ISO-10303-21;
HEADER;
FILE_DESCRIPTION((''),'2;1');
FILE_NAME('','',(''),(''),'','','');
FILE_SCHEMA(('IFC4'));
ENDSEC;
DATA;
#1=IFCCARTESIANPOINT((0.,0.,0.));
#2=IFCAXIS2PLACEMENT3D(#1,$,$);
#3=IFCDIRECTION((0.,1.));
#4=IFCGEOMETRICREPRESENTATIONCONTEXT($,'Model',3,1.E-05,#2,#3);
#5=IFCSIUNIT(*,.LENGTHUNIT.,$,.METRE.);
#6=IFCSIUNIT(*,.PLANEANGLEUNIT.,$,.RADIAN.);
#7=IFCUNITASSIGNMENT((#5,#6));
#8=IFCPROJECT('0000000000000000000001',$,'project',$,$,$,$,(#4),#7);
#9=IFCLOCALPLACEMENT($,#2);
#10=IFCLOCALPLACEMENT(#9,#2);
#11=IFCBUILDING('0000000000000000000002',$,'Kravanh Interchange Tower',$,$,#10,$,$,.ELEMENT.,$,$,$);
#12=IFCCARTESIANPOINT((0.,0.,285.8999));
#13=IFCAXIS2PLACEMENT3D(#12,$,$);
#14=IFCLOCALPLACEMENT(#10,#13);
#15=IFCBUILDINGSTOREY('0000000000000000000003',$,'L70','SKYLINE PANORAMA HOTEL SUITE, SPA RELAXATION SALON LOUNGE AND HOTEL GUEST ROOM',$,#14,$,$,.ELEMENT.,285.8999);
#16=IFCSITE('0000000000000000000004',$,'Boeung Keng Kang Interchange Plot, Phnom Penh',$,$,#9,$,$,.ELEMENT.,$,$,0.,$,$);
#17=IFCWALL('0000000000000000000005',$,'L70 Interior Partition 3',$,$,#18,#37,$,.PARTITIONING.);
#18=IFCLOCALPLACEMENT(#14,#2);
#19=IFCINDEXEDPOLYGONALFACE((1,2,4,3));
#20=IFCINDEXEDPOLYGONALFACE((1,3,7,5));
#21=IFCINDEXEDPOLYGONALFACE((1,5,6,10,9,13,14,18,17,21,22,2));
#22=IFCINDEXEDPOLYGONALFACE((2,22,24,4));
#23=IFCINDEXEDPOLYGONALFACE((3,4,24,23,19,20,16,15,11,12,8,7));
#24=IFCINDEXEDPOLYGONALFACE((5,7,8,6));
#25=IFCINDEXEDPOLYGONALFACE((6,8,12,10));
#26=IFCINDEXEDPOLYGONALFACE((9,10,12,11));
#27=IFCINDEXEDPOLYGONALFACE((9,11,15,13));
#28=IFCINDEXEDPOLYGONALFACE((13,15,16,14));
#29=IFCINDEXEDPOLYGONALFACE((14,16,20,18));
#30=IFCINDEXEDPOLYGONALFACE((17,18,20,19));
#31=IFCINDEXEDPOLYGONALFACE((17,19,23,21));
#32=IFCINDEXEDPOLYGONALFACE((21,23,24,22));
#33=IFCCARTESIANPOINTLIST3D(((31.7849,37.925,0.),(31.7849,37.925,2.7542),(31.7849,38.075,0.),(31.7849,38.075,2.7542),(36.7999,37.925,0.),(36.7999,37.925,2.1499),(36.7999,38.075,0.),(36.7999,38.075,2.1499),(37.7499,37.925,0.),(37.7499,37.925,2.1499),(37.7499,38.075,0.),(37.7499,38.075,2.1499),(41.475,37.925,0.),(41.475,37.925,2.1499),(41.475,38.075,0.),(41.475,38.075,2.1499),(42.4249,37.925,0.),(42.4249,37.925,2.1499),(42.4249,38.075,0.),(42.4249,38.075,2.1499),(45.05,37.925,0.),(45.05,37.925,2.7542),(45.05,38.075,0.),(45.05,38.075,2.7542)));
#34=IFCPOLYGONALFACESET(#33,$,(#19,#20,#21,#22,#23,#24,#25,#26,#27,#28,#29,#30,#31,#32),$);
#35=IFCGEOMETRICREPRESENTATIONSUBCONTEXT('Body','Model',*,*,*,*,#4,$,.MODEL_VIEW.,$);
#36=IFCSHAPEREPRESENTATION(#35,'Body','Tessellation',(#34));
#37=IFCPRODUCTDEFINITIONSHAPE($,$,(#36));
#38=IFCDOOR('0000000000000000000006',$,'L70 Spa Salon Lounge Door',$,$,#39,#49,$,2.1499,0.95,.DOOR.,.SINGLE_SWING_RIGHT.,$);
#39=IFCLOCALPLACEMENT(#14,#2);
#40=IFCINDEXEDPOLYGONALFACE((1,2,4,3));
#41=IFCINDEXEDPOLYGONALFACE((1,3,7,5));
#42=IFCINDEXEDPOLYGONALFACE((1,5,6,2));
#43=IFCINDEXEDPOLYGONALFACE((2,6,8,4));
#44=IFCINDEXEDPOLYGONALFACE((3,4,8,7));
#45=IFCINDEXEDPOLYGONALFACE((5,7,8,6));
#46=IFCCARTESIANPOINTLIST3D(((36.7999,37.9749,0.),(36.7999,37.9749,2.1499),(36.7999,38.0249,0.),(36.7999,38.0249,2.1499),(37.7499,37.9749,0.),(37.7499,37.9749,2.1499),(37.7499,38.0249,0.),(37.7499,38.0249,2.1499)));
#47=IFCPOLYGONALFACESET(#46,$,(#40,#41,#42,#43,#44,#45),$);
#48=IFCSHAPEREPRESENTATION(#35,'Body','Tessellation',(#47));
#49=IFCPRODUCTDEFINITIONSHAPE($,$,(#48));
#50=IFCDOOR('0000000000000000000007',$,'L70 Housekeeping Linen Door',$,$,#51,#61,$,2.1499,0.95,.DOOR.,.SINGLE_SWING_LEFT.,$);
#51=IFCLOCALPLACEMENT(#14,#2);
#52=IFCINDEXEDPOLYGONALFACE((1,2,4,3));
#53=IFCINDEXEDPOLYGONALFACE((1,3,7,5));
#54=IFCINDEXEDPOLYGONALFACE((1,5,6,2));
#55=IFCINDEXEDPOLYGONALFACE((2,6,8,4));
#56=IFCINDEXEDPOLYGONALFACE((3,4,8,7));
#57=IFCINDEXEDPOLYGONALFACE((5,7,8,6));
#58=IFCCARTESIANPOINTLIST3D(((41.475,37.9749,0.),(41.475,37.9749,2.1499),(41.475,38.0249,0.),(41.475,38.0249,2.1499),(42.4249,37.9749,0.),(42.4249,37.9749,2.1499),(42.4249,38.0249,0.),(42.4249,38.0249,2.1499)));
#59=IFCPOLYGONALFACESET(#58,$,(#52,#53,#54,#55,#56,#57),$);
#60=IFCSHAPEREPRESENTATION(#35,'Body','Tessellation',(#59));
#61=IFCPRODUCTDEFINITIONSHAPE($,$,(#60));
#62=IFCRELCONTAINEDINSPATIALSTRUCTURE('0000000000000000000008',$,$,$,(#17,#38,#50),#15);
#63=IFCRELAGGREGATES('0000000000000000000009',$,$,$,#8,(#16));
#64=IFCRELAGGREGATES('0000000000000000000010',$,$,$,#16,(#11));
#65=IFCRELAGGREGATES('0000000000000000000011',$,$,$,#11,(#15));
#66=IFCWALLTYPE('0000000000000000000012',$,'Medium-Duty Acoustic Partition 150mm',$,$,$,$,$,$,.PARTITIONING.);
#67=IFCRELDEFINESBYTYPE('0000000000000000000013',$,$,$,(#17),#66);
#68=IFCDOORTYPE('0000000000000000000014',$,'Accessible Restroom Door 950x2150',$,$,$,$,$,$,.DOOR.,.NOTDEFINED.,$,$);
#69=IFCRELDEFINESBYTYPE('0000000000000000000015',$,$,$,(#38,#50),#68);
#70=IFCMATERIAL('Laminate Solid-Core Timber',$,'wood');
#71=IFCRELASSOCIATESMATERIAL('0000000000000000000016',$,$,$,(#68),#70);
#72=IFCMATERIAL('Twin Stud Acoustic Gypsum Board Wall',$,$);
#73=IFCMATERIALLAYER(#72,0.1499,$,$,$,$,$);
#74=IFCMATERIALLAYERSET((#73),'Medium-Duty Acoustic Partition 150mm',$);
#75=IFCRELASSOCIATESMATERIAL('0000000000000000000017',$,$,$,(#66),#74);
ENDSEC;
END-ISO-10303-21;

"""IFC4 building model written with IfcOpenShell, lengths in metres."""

from ifc_helpers import new_model, si_unit, direction, frame, frame_2d, origin, place, context, subcontext, project, spatial, rectangle, extrude, material, layer, layer_set, type_object, element, fill, save


model = new_model("IFC4")

# Units and contexts
model_context = context("Model", 3, precision=1e-05, world=origin(), true_north=direction((0.0, 1.0)))
body_context = subcontext(model_context, "Body", "Model", "MODEL_VIEW")
ifc_project = project(units=[si_unit("LENGTHUNIT", "METRE"), si_unit("PLANEANGLEUNIT", "RADIAN")], contexts=[model_context])

# Site, building, storey
site_placement = place(None, origin())
site = spatial("IfcSite", under=ifc_project, at=site_placement, Name="Boeung Keng Kang Interchange Plot, Phnom Penh", CompositionType="ELEMENT", RefElevation=0.0)
building_placement = place(site_placement, origin())
building = spatial("IfcBuilding", under=site, at=building_placement, Name="Kravanh Interchange Tower", CompositionType="ELEMENT")
storey_placement = place(building_placement, frame((0.0, 0.0, 285.8999)))
storey = spatial("IfcBuildingStorey", under=building, at=storey_placement, Name="L70", Description="SKYLINE PANORAMA HOTEL SUITE, SPA RELAXATION SALON LOUNGE AND HOTEL GUEST ROOM", CompositionType="ELEMENT", Elevation=285.8999)

# Wall, openings, doors
ifc_material_1 = material(Name="Laminate Solid-Core Timber", Category="wood")
door_type_1 = type_object("IfcDoorType", Name="Accessible Restroom Door 950x2150", OperationType="NOTDEFINED", PredefinedType="DOOR", material=ifc_material_1)
ifc_material_2 = material(Name="Twin Stud Acoustic Gypsum Board Wall")
ifc_layer_1 = layer(ifc_material_2, 0.1499)
ifc_layer_set_1 = layer_set([ifc_layer_1], Name="Medium-Duty Acoustic Partition 150mm")
wall_type_1 = type_object("IfcWallType", Name="Medium-Duty Acoustic Partition 150mm", PredefinedType="PARTITIONING", material=ifc_layer_set_1)
wall_1_placement = place(storey_placement, frame((31.7849, 38.0, 0.0), z_axis=(0.0, 0.0, 1.0), x_axis=(1.0, 0.0, 0.0)))
wall_1 = element("IfcWall", 1, at=wall_1_placement, inside=storey, type_object=wall_type_1, Name="L70 Interior Partition 3", PredefinedType="PARTITIONING", context=body_context, shape_type="SweptSolid", body=[
    extrude(rectangle(XDim=13.2651, YDim=0.1499, at=frame_2d((6.6326, 0.0))), origin(), (0.0, 0.0, 1.0), 2.7542),
])
opening_1_placement = place(wall_1_placement, frame((5.0149, 0.0, 0.0)))
opening_1 = element("IfcOpeningElement", 2, at=opening_1_placement, cuts=wall_1, PredefinedType="OPENING", context=body_context, shape_type="SweptSolid", body=[
    extrude(rectangle(XDim=0.95, YDim=2.1499, at=frame_2d((0.4751, 1.075))), frame((0.0, 0.085, 0.0), z_axis=(0.0, -1.0, 0.0), x_axis=(1.0, 0.0, 0.0)), (0.0, 0.0, 1.0), 0.1699),
])
opening_2_placement = place(wall_1_placement, frame((9.6899, 0.0, 0.0)))
opening_2 = element("IfcOpeningElement", 3, at=opening_2_placement, cuts=wall_1, PredefinedType="OPENING", context=body_context, shape_type="SweptSolid", body=[
    extrude(rectangle(XDim=0.95, YDim=2.1499, at=frame_2d((0.4751, 1.075))), frame((0.0, 0.085, 0.0), z_axis=(0.0, -1.0, 0.0), x_axis=(1.0, 0.0, 0.0)), (0.0, 0.0, 1.0), 0.1699),
])
door_1_placement = place(opening_1_placement, origin())
door_1 = element("IfcDoor", 4, at=door_1_placement, inside=storey, type_object=door_type_1, Name="L70 Spa Salon Lounge Door", OperationType="SINGLE_SWING_RIGHT", OverallHeight=2.1499, OverallWidth=0.95, PredefinedType="DOOR", context=body_context, shape_type="SweptSolid", body=[
    extrude(rectangle(XDim=0.95, YDim=2.1499, at=frame_2d((0.4751, 1.075))), frame((0.0, 0.0249, 0.0), z_axis=(0.0, -1.0, 0.0), x_axis=(1.0, 0.0, 0.0)), (0.0, 0.0, 1.0), 0.05),
])
fill(opening_1, door_1)
door_2_placement = place(opening_2_placement, origin())
door_2 = element("IfcDoor", 5, at=door_2_placement, inside=storey, type_object=door_type_1, Name="L70 Housekeeping Linen Door", OperationType="SINGLE_SWING_LEFT", OverallHeight=2.1499, OverallWidth=0.95, PredefinedType="DOOR", context=body_context, shape_type="SweptSolid", body=[
    extrude(rectangle(XDim=0.95, YDim=2.1499, at=frame_2d((0.4751, 1.075))), frame((0.0, 0.0249, 0.0), z_axis=(0.0, -1.0, 0.0), x_axis=(1.0, 0.0, 0.0)), (0.0, 0.0, 1.0), 0.05),
])
fill(opening_2, door_2)

save(model, "model.ifc")
